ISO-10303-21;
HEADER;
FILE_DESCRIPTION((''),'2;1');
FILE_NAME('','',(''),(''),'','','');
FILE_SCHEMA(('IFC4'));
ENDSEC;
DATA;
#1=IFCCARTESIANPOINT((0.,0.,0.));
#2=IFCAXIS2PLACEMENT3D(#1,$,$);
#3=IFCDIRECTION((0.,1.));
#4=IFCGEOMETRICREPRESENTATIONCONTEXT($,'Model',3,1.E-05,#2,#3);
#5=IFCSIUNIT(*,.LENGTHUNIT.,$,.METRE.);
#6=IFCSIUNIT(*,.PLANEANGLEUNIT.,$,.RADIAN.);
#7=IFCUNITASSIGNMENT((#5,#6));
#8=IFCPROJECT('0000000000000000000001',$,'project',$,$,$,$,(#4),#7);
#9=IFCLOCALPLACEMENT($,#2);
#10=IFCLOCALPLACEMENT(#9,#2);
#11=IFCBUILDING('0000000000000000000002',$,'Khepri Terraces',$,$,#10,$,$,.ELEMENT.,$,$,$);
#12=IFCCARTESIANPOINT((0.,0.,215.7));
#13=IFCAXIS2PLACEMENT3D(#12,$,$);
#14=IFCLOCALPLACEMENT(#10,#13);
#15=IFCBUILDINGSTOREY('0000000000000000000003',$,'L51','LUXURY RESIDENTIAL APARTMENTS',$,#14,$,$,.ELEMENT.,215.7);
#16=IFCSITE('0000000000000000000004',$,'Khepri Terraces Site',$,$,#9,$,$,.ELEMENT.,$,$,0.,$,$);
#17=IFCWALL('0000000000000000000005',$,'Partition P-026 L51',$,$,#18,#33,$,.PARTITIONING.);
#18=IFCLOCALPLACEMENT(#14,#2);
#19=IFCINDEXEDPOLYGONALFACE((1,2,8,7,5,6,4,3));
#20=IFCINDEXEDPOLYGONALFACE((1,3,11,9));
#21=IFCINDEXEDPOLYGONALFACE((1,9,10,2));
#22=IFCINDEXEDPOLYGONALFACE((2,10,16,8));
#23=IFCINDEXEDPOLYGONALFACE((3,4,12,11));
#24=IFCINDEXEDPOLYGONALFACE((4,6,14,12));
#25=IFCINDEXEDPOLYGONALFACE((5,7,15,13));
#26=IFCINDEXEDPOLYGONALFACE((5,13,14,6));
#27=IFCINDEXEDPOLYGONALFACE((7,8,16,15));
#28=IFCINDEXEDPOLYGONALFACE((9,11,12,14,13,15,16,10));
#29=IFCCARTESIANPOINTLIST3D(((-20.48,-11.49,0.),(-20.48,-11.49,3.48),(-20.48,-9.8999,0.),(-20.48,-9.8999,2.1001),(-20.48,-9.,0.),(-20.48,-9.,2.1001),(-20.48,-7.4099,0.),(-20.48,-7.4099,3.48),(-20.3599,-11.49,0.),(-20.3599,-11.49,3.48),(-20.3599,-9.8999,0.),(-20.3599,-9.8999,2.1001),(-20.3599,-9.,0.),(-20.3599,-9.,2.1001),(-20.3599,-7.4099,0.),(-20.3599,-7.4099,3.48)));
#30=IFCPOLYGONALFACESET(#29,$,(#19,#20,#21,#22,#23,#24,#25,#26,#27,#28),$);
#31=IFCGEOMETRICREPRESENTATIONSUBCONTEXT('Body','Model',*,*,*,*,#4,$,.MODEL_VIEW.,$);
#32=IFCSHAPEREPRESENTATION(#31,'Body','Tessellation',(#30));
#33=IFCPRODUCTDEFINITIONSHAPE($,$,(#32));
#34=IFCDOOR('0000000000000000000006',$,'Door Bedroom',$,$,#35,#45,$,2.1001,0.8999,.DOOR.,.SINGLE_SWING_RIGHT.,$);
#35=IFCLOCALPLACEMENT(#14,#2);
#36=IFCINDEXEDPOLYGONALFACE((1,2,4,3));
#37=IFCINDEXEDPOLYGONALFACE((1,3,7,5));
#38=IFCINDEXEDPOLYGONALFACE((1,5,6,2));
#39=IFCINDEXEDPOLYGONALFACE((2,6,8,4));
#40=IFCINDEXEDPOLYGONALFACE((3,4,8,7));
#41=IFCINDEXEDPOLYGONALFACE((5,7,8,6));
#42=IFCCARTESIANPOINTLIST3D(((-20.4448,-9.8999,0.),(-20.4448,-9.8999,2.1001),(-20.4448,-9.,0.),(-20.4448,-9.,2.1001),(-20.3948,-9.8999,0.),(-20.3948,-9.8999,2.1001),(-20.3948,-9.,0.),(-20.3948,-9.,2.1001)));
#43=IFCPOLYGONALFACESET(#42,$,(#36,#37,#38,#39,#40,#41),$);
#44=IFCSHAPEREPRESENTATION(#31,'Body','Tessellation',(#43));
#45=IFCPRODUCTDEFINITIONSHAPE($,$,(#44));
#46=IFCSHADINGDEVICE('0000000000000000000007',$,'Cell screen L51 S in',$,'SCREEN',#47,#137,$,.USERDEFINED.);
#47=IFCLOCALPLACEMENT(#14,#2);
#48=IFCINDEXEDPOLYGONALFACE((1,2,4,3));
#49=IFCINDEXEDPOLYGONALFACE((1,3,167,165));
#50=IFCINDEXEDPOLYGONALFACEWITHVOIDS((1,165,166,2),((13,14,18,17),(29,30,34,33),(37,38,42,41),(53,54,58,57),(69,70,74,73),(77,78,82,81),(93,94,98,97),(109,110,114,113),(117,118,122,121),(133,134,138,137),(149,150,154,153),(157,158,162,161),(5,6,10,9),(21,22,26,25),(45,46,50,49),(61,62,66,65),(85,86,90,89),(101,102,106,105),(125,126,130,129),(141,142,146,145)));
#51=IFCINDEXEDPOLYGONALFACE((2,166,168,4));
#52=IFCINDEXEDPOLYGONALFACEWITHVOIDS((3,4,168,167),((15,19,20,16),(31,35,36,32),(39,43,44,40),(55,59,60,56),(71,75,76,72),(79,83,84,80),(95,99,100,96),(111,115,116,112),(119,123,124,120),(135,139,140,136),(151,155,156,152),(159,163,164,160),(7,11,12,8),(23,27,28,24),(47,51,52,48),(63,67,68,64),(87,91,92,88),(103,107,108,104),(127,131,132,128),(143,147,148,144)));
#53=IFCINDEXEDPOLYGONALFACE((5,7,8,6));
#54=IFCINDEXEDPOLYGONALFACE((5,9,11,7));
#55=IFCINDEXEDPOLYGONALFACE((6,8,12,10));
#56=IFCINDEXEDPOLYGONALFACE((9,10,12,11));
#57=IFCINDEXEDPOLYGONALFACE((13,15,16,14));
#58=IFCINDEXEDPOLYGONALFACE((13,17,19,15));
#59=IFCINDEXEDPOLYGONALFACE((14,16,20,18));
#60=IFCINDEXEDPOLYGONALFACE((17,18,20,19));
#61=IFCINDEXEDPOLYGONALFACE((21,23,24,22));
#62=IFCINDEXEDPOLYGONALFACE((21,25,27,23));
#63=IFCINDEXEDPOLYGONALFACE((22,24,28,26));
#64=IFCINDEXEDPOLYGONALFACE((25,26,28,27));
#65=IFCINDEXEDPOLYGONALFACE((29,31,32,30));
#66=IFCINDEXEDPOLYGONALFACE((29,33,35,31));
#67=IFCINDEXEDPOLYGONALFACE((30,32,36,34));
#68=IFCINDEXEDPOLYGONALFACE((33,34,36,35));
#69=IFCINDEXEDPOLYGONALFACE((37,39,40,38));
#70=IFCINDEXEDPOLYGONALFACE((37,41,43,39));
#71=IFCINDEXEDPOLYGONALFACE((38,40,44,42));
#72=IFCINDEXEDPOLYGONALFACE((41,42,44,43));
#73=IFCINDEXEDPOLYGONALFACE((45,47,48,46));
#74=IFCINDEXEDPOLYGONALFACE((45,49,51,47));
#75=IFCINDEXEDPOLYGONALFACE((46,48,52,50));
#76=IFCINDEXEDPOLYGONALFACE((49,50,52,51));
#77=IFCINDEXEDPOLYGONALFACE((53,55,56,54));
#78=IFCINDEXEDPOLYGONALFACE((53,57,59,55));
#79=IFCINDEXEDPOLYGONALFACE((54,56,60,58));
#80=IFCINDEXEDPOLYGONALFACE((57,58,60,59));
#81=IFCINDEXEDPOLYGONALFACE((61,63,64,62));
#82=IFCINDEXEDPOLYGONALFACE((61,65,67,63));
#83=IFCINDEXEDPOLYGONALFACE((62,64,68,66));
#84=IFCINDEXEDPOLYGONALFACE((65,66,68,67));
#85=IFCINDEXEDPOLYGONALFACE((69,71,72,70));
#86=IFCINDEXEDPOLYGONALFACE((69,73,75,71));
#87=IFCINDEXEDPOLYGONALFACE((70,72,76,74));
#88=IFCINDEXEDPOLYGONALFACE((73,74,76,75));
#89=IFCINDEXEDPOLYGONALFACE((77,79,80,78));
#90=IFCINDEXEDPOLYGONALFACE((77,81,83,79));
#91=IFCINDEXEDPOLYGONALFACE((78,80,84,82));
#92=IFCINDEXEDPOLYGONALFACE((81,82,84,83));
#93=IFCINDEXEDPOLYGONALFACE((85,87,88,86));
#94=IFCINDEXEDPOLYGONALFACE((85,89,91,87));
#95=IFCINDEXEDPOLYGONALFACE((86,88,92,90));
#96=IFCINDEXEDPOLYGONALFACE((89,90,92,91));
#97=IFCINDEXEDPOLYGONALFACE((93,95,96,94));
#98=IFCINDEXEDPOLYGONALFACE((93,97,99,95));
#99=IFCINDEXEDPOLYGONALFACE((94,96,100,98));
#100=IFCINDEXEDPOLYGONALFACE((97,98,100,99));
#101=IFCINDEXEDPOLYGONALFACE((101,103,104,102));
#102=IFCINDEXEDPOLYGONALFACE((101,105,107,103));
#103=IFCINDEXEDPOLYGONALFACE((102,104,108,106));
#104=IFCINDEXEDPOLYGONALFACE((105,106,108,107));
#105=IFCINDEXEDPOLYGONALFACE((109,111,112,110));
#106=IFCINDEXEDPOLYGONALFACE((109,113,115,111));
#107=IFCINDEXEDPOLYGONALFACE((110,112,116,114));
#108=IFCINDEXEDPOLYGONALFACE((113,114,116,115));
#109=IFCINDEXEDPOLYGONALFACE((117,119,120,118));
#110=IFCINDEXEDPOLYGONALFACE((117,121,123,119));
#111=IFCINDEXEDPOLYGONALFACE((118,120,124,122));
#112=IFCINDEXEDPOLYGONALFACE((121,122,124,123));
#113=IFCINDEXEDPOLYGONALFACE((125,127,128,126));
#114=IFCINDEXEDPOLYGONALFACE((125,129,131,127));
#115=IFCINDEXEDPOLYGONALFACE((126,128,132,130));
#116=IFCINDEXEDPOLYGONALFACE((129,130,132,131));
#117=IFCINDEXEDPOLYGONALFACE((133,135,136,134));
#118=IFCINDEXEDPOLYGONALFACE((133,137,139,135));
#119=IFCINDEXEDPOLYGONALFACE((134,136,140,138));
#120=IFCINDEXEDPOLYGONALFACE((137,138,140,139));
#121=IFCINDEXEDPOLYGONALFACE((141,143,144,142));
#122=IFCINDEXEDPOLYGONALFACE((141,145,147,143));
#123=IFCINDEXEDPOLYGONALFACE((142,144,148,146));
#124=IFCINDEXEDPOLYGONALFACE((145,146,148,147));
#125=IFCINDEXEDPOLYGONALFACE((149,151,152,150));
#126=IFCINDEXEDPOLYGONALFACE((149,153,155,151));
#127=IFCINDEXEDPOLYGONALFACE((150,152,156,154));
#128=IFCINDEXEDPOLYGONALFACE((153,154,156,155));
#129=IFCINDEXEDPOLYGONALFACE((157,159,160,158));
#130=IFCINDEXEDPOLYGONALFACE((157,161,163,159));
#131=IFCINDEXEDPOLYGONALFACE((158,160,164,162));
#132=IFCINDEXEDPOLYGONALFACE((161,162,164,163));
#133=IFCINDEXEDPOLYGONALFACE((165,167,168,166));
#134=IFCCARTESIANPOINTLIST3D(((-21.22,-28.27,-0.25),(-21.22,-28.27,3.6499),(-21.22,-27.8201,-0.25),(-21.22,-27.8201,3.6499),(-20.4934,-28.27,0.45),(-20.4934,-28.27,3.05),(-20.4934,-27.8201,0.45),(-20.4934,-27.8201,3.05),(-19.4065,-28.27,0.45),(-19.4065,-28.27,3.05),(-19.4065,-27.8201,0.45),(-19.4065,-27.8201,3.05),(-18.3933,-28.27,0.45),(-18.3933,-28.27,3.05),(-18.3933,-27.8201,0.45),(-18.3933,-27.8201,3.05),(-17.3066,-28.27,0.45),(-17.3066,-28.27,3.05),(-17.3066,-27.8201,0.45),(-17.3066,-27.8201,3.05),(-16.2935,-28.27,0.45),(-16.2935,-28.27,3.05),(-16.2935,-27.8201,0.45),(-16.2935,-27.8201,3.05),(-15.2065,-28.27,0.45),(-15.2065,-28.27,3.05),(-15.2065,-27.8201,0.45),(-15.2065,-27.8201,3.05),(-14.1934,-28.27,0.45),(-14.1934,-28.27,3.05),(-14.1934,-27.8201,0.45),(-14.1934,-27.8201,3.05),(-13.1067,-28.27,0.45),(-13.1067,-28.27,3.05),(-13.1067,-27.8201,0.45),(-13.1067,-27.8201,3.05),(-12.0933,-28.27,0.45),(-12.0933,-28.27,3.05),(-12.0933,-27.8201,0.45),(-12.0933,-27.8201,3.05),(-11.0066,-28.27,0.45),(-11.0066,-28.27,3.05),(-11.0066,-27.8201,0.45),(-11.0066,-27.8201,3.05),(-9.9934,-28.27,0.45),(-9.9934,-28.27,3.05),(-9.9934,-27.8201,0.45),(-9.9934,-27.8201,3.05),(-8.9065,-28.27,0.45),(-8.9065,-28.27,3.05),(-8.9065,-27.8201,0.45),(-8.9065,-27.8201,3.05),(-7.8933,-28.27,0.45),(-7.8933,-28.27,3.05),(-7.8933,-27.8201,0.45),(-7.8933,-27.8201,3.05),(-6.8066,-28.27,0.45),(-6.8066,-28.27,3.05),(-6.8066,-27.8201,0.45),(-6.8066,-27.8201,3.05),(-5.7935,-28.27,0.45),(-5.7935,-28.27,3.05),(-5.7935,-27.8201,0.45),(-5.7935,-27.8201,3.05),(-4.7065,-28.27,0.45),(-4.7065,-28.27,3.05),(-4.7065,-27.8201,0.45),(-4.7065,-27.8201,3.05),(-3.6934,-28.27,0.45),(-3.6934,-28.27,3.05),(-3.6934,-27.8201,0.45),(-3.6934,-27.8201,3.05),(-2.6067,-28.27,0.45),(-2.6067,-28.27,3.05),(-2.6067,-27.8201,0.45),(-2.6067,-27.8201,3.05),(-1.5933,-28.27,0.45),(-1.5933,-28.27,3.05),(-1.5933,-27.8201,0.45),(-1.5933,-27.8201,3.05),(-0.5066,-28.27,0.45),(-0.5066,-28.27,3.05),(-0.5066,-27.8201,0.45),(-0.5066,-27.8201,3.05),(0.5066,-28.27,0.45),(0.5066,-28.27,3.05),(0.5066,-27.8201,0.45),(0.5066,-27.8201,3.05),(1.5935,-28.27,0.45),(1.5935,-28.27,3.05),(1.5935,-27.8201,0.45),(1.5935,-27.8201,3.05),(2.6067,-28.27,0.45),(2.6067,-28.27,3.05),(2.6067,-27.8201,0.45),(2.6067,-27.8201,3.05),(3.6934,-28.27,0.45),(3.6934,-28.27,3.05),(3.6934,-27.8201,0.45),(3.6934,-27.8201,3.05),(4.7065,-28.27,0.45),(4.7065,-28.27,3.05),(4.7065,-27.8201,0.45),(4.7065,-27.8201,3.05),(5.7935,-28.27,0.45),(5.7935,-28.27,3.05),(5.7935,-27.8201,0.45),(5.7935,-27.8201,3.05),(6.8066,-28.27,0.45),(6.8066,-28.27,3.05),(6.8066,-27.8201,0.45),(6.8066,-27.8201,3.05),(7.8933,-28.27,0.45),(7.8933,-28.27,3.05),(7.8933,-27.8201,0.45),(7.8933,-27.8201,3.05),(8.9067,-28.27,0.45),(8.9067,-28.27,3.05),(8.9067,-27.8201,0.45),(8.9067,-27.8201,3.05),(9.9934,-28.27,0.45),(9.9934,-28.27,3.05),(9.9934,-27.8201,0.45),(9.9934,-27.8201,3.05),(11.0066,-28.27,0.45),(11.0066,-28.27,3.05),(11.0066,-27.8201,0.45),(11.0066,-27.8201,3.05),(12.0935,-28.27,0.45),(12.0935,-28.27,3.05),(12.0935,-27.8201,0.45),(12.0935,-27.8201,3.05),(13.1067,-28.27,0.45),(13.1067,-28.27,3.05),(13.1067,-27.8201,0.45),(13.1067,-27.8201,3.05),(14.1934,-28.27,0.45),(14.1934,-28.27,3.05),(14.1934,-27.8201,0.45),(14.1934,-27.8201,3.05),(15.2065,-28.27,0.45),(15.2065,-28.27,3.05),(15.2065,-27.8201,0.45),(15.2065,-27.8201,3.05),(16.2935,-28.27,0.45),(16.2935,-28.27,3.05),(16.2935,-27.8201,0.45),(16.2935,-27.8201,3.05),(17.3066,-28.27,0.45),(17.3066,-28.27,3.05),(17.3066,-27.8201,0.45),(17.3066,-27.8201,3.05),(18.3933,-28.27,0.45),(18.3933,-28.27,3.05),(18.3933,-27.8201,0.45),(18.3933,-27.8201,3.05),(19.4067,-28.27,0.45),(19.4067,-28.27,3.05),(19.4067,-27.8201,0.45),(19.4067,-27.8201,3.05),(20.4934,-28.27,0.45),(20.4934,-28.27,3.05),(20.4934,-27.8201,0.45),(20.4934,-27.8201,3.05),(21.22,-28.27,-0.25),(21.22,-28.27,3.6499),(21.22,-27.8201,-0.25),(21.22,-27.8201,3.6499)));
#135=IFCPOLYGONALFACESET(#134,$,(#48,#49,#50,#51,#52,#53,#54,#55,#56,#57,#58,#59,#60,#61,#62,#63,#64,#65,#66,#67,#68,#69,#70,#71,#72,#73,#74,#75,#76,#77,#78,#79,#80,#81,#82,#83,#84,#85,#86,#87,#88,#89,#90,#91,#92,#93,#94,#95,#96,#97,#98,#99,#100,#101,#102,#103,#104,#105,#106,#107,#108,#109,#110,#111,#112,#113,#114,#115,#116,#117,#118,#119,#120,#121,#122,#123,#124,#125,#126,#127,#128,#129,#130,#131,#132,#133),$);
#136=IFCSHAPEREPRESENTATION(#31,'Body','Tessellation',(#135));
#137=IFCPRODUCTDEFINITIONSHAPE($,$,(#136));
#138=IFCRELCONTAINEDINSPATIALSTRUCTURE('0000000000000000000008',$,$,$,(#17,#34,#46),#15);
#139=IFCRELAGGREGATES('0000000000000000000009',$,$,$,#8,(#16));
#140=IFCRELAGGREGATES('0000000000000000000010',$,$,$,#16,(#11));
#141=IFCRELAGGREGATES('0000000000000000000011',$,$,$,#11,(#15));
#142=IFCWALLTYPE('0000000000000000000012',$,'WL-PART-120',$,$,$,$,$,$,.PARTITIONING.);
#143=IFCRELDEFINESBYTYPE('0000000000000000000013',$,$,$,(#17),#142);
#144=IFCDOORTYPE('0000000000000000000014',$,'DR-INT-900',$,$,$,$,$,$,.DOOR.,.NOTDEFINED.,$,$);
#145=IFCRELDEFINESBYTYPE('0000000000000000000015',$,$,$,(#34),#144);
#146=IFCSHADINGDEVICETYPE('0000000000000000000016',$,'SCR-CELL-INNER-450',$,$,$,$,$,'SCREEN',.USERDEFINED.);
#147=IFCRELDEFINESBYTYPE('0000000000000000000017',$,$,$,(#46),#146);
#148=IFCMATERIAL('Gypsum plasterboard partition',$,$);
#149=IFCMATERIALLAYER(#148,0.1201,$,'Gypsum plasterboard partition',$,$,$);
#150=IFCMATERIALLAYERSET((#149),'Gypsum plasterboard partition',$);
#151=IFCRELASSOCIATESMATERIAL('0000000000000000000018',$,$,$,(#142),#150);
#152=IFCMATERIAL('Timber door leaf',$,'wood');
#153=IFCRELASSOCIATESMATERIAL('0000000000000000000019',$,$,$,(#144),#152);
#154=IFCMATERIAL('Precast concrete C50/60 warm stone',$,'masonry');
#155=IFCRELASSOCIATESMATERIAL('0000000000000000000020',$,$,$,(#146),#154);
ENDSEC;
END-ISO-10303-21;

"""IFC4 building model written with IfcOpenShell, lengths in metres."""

from ifc_helpers import new_model, si_unit, direction, frame, frame_2d, origin, place, context, subcontext, project, spatial, polyline, rectangle, outline, extrude, material, layer, layer_set, type_object, element, fill, save


model = new_model("IFC4")

# Units and contexts
model_context = context("Model", 3, precision=1e-05, world=origin(), true_north=direction((0.0, 1.0)))
body_context = subcontext(model_context, "Body", "Model", "MODEL_VIEW")
ifc_project = project(units=[si_unit("LENGTHUNIT", "METRE"), si_unit("PLANEANGLEUNIT", "RADIAN")], contexts=[model_context])

# Site, building, storey
site_placement = place(None, origin())
site = spatial("IfcSite", under=ifc_project, at=site_placement, Name="Khepri Terraces Site", CompositionType="ELEMENT", RefElevation=0.0)
building_placement = place(site_placement, origin())
building = spatial("IfcBuilding", under=site, at=building_placement, Name="Khepri Terraces", CompositionType="ELEMENT")
storey_placement = place(building_placement, frame((0.0, 0.0, 215.7)))
storey = spatial("IfcBuildingStorey", under=building, at=storey_placement, Name="L51", Description="LUXURY RESIDENTIAL APARTMENTS", CompositionType="ELEMENT", Elevation=215.7)

# Shared definitions
ifc_material_1 = material(Name="Precast concrete C50/60 warm stone", Category="masonry")

# Shared definitions
ifc_material_2 = material(Name="Gypsum plasterboard partition")
ifc_layer_1 = layer(ifc_material_2, 0.1201, Name="Gypsum plasterboard partition")
ifc_layer_set_1 = layer_set([ifc_layer_1], Name="Gypsum plasterboard partition")
wall_type_1 = type_object("IfcWallType", Name="WL-PART-120", PredefinedType="PARTITIONING", material=ifc_layer_set_1)

# Shared definitions
ifc_material_3 = material(Name="Timber door leaf", Category="wood")
door_type_1 = type_object("IfcDoorType", Name="DR-INT-900", OperationType="NOTDEFINED", PredefinedType="DOOR", material=ifc_material_3)

# Wall, opening, door
wall_1_placement = place(storey_placement, frame((-20.4199, -11.49, 0.0), z_axis=(0.0, 0.0, 1.0), x_axis=(0.0, 1.0, 0.0)))
wall_1 = element("IfcWall", 1, at=wall_1_placement, inside=storey, type_object=wall_type_1, Name="Partition P-026 L51", PredefinedType="PARTITIONING", context=body_context, shape_type="SweptSolid", body=[
    extrude(rectangle(XDim=4.0801, YDim=0.1201, at=frame_2d((2.04, 0.0))), origin(), (0.0, 0.0, 1.0), 3.48),
])
opening_1_placement = place(wall_1_placement, frame((1.5901, 0.0, 0.0)))
opening_1 = element("IfcOpeningElement", 2, at=opening_1_placement, cuts=wall_1, PredefinedType="OPENING", context=body_context, shape_type="SweptSolid", body=[
    extrude(rectangle(XDim=0.8999, YDim=2.1001, at=frame_2d((0.45, 1.05))), frame((0.0, 0.0701, 0.0), z_axis=(0.0, -1.0, 0.0), x_axis=(1.0, 0.0, 0.0)), (0.0, 0.0, 1.0), 0.1401),
])
door_1_placement = place(opening_1_placement, origin())
door_1 = element("IfcDoor", 3, at=door_1_placement, inside=storey, type_object=door_type_1, Name="Door Bedroom", OperationType="SINGLE_SWING_RIGHT", OverallHeight=2.1001, OverallWidth=0.8999, PredefinedType="DOOR", context=body_context, shape_type="SweptSolid", body=[
    extrude(rectangle(XDim=0.8999, YDim=2.1001, at=frame_2d((0.45, 1.05))), frame((0.0, 0.0249, 0.0), z_axis=(0.0, -1.0, 0.0), x_axis=(1.0, 0.0, 0.0)), (0.0, 0.0, 1.0), 0.05),
])
fill(opening_1, door_1)

# Shading device
shading_device_type_1 = type_object("IfcShadingDeviceType", Name="SCR-CELL-INNER-450", ElementType="SCREEN", PredefinedType="USERDEFINED", material=ifc_material_1)
shading_device_1_placement = place(storey_placement, frame((-21.22, -27.8201, -0.25), z_axis=(0.0, -1.0, 0.0), x_axis=(1.0, 0.0, 0.0)))
element("IfcShadingDevice", 4, at=shading_device_1_placement, inside=storey, type_object=shading_device_type_1, Name="Cell screen L51 S in", ObjectType="SCREEN", PredefinedType="USERDEFINED", context=body_context, shape_type="SweptSolid", body=[
    extrude(outline(polyline([(0.0, 0.0), (42.4399, 0.0), (42.4399, 3.8999), (0.0, 3.8999), (0.0, 0.0)]), holes=[polyline([(0.7266, 0.7), (1.8135, 0.7), (1.8135, 3.3), (0.7266, 3.3), (0.7266, 0.7)]), polyline([(2.8267, 0.7), (3.9133, 0.7), (3.9133, 3.3), (2.8267, 3.3), (2.8267, 0.7)]), polyline([(4.9265, 0.7), (6.0134, 0.7), (6.0134, 3.3), (4.9265, 3.3), (4.9265, 0.7)]), polyline([(7.0266, 0.7), (8.1133, 0.7), (8.1133, 3.3), (7.0266, 3.3), (7.0266, 0.7)]), polyline([(9.1267, 0.7), (10.2134, 0.7), (10.2134, 3.3), (9.1267, 3.3), (9.1267, 0.7)]), polyline([(11.2266, 0.7), (12.3135, 0.7), (12.3135, 3.3), (11.2266, 3.3), (11.2266, 0.7)]), polyline([(13.3267, 0.7), (14.4133, 0.7), (14.4133, 3.3), (13.3267, 3.3), (13.3267, 0.7)]), polyline([(15.4265, 0.7), (16.5134, 0.7), (16.5134, 3.3), (15.4265, 3.3), (15.4265, 0.7)]), polyline([(17.5266, 0.7), (18.6133, 0.7), (18.6133, 3.3), (17.5266, 3.3), (17.5266, 0.7)]), polyline([(19.6267, 0.7), (20.7134, 0.7), (20.7134, 3.3), (19.6267, 3.3), (19.6267, 0.7)]), polyline([(21.7266, 0.7), (22.8135, 0.7), (22.8135, 3.3), (21.7266, 3.3), (21.7266, 0.7)]), polyline([(23.8267, 0.7), (24.9133, 0.7), (24.9133, 3.3), (23.8267, 3.3), (23.8267, 0.7)]), polyline([(25.9265, 0.7), (27.0134, 0.7), (27.0134, 3.3), (25.9265, 3.3), (25.9265, 0.7)]), polyline([(28.0266, 0.7), (29.1133, 0.7), (29.1133, 3.3), (28.0266, 3.3), (28.0266, 0.7)]), polyline([(30.1267, 0.7), (31.2134, 0.7), (31.2134, 3.3), (30.1267, 3.3), (30.1267, 0.7)]), polyline([(32.2266, 0.7), (33.3135, 0.7), (33.3135, 3.3), (32.2266, 3.3), (32.2266, 0.7)]), polyline([(34.3267, 0.7), (35.4133, 0.7), (35.4133, 3.3), (34.3267, 3.3), (34.3267, 0.7)]), polyline([(36.4265, 0.7), (37.5134, 0.7), (37.5134, 3.3), (36.4265, 3.3), (36.4265, 0.7)]), polyline([(38.5266, 0.7), (39.6133, 0.7), (39.6133, 3.3), (38.5266, 3.3), (38.5266, 0.7)]), polyline([(40.6267, 0.7), (41.7134, 0.7), (41.7134, 3.3), (40.6267, 3.3), (40.6267, 0.7)])]), origin(), (0.0, 0.0, 1.0), 0.45),
])

save(model, "model.ifc")
